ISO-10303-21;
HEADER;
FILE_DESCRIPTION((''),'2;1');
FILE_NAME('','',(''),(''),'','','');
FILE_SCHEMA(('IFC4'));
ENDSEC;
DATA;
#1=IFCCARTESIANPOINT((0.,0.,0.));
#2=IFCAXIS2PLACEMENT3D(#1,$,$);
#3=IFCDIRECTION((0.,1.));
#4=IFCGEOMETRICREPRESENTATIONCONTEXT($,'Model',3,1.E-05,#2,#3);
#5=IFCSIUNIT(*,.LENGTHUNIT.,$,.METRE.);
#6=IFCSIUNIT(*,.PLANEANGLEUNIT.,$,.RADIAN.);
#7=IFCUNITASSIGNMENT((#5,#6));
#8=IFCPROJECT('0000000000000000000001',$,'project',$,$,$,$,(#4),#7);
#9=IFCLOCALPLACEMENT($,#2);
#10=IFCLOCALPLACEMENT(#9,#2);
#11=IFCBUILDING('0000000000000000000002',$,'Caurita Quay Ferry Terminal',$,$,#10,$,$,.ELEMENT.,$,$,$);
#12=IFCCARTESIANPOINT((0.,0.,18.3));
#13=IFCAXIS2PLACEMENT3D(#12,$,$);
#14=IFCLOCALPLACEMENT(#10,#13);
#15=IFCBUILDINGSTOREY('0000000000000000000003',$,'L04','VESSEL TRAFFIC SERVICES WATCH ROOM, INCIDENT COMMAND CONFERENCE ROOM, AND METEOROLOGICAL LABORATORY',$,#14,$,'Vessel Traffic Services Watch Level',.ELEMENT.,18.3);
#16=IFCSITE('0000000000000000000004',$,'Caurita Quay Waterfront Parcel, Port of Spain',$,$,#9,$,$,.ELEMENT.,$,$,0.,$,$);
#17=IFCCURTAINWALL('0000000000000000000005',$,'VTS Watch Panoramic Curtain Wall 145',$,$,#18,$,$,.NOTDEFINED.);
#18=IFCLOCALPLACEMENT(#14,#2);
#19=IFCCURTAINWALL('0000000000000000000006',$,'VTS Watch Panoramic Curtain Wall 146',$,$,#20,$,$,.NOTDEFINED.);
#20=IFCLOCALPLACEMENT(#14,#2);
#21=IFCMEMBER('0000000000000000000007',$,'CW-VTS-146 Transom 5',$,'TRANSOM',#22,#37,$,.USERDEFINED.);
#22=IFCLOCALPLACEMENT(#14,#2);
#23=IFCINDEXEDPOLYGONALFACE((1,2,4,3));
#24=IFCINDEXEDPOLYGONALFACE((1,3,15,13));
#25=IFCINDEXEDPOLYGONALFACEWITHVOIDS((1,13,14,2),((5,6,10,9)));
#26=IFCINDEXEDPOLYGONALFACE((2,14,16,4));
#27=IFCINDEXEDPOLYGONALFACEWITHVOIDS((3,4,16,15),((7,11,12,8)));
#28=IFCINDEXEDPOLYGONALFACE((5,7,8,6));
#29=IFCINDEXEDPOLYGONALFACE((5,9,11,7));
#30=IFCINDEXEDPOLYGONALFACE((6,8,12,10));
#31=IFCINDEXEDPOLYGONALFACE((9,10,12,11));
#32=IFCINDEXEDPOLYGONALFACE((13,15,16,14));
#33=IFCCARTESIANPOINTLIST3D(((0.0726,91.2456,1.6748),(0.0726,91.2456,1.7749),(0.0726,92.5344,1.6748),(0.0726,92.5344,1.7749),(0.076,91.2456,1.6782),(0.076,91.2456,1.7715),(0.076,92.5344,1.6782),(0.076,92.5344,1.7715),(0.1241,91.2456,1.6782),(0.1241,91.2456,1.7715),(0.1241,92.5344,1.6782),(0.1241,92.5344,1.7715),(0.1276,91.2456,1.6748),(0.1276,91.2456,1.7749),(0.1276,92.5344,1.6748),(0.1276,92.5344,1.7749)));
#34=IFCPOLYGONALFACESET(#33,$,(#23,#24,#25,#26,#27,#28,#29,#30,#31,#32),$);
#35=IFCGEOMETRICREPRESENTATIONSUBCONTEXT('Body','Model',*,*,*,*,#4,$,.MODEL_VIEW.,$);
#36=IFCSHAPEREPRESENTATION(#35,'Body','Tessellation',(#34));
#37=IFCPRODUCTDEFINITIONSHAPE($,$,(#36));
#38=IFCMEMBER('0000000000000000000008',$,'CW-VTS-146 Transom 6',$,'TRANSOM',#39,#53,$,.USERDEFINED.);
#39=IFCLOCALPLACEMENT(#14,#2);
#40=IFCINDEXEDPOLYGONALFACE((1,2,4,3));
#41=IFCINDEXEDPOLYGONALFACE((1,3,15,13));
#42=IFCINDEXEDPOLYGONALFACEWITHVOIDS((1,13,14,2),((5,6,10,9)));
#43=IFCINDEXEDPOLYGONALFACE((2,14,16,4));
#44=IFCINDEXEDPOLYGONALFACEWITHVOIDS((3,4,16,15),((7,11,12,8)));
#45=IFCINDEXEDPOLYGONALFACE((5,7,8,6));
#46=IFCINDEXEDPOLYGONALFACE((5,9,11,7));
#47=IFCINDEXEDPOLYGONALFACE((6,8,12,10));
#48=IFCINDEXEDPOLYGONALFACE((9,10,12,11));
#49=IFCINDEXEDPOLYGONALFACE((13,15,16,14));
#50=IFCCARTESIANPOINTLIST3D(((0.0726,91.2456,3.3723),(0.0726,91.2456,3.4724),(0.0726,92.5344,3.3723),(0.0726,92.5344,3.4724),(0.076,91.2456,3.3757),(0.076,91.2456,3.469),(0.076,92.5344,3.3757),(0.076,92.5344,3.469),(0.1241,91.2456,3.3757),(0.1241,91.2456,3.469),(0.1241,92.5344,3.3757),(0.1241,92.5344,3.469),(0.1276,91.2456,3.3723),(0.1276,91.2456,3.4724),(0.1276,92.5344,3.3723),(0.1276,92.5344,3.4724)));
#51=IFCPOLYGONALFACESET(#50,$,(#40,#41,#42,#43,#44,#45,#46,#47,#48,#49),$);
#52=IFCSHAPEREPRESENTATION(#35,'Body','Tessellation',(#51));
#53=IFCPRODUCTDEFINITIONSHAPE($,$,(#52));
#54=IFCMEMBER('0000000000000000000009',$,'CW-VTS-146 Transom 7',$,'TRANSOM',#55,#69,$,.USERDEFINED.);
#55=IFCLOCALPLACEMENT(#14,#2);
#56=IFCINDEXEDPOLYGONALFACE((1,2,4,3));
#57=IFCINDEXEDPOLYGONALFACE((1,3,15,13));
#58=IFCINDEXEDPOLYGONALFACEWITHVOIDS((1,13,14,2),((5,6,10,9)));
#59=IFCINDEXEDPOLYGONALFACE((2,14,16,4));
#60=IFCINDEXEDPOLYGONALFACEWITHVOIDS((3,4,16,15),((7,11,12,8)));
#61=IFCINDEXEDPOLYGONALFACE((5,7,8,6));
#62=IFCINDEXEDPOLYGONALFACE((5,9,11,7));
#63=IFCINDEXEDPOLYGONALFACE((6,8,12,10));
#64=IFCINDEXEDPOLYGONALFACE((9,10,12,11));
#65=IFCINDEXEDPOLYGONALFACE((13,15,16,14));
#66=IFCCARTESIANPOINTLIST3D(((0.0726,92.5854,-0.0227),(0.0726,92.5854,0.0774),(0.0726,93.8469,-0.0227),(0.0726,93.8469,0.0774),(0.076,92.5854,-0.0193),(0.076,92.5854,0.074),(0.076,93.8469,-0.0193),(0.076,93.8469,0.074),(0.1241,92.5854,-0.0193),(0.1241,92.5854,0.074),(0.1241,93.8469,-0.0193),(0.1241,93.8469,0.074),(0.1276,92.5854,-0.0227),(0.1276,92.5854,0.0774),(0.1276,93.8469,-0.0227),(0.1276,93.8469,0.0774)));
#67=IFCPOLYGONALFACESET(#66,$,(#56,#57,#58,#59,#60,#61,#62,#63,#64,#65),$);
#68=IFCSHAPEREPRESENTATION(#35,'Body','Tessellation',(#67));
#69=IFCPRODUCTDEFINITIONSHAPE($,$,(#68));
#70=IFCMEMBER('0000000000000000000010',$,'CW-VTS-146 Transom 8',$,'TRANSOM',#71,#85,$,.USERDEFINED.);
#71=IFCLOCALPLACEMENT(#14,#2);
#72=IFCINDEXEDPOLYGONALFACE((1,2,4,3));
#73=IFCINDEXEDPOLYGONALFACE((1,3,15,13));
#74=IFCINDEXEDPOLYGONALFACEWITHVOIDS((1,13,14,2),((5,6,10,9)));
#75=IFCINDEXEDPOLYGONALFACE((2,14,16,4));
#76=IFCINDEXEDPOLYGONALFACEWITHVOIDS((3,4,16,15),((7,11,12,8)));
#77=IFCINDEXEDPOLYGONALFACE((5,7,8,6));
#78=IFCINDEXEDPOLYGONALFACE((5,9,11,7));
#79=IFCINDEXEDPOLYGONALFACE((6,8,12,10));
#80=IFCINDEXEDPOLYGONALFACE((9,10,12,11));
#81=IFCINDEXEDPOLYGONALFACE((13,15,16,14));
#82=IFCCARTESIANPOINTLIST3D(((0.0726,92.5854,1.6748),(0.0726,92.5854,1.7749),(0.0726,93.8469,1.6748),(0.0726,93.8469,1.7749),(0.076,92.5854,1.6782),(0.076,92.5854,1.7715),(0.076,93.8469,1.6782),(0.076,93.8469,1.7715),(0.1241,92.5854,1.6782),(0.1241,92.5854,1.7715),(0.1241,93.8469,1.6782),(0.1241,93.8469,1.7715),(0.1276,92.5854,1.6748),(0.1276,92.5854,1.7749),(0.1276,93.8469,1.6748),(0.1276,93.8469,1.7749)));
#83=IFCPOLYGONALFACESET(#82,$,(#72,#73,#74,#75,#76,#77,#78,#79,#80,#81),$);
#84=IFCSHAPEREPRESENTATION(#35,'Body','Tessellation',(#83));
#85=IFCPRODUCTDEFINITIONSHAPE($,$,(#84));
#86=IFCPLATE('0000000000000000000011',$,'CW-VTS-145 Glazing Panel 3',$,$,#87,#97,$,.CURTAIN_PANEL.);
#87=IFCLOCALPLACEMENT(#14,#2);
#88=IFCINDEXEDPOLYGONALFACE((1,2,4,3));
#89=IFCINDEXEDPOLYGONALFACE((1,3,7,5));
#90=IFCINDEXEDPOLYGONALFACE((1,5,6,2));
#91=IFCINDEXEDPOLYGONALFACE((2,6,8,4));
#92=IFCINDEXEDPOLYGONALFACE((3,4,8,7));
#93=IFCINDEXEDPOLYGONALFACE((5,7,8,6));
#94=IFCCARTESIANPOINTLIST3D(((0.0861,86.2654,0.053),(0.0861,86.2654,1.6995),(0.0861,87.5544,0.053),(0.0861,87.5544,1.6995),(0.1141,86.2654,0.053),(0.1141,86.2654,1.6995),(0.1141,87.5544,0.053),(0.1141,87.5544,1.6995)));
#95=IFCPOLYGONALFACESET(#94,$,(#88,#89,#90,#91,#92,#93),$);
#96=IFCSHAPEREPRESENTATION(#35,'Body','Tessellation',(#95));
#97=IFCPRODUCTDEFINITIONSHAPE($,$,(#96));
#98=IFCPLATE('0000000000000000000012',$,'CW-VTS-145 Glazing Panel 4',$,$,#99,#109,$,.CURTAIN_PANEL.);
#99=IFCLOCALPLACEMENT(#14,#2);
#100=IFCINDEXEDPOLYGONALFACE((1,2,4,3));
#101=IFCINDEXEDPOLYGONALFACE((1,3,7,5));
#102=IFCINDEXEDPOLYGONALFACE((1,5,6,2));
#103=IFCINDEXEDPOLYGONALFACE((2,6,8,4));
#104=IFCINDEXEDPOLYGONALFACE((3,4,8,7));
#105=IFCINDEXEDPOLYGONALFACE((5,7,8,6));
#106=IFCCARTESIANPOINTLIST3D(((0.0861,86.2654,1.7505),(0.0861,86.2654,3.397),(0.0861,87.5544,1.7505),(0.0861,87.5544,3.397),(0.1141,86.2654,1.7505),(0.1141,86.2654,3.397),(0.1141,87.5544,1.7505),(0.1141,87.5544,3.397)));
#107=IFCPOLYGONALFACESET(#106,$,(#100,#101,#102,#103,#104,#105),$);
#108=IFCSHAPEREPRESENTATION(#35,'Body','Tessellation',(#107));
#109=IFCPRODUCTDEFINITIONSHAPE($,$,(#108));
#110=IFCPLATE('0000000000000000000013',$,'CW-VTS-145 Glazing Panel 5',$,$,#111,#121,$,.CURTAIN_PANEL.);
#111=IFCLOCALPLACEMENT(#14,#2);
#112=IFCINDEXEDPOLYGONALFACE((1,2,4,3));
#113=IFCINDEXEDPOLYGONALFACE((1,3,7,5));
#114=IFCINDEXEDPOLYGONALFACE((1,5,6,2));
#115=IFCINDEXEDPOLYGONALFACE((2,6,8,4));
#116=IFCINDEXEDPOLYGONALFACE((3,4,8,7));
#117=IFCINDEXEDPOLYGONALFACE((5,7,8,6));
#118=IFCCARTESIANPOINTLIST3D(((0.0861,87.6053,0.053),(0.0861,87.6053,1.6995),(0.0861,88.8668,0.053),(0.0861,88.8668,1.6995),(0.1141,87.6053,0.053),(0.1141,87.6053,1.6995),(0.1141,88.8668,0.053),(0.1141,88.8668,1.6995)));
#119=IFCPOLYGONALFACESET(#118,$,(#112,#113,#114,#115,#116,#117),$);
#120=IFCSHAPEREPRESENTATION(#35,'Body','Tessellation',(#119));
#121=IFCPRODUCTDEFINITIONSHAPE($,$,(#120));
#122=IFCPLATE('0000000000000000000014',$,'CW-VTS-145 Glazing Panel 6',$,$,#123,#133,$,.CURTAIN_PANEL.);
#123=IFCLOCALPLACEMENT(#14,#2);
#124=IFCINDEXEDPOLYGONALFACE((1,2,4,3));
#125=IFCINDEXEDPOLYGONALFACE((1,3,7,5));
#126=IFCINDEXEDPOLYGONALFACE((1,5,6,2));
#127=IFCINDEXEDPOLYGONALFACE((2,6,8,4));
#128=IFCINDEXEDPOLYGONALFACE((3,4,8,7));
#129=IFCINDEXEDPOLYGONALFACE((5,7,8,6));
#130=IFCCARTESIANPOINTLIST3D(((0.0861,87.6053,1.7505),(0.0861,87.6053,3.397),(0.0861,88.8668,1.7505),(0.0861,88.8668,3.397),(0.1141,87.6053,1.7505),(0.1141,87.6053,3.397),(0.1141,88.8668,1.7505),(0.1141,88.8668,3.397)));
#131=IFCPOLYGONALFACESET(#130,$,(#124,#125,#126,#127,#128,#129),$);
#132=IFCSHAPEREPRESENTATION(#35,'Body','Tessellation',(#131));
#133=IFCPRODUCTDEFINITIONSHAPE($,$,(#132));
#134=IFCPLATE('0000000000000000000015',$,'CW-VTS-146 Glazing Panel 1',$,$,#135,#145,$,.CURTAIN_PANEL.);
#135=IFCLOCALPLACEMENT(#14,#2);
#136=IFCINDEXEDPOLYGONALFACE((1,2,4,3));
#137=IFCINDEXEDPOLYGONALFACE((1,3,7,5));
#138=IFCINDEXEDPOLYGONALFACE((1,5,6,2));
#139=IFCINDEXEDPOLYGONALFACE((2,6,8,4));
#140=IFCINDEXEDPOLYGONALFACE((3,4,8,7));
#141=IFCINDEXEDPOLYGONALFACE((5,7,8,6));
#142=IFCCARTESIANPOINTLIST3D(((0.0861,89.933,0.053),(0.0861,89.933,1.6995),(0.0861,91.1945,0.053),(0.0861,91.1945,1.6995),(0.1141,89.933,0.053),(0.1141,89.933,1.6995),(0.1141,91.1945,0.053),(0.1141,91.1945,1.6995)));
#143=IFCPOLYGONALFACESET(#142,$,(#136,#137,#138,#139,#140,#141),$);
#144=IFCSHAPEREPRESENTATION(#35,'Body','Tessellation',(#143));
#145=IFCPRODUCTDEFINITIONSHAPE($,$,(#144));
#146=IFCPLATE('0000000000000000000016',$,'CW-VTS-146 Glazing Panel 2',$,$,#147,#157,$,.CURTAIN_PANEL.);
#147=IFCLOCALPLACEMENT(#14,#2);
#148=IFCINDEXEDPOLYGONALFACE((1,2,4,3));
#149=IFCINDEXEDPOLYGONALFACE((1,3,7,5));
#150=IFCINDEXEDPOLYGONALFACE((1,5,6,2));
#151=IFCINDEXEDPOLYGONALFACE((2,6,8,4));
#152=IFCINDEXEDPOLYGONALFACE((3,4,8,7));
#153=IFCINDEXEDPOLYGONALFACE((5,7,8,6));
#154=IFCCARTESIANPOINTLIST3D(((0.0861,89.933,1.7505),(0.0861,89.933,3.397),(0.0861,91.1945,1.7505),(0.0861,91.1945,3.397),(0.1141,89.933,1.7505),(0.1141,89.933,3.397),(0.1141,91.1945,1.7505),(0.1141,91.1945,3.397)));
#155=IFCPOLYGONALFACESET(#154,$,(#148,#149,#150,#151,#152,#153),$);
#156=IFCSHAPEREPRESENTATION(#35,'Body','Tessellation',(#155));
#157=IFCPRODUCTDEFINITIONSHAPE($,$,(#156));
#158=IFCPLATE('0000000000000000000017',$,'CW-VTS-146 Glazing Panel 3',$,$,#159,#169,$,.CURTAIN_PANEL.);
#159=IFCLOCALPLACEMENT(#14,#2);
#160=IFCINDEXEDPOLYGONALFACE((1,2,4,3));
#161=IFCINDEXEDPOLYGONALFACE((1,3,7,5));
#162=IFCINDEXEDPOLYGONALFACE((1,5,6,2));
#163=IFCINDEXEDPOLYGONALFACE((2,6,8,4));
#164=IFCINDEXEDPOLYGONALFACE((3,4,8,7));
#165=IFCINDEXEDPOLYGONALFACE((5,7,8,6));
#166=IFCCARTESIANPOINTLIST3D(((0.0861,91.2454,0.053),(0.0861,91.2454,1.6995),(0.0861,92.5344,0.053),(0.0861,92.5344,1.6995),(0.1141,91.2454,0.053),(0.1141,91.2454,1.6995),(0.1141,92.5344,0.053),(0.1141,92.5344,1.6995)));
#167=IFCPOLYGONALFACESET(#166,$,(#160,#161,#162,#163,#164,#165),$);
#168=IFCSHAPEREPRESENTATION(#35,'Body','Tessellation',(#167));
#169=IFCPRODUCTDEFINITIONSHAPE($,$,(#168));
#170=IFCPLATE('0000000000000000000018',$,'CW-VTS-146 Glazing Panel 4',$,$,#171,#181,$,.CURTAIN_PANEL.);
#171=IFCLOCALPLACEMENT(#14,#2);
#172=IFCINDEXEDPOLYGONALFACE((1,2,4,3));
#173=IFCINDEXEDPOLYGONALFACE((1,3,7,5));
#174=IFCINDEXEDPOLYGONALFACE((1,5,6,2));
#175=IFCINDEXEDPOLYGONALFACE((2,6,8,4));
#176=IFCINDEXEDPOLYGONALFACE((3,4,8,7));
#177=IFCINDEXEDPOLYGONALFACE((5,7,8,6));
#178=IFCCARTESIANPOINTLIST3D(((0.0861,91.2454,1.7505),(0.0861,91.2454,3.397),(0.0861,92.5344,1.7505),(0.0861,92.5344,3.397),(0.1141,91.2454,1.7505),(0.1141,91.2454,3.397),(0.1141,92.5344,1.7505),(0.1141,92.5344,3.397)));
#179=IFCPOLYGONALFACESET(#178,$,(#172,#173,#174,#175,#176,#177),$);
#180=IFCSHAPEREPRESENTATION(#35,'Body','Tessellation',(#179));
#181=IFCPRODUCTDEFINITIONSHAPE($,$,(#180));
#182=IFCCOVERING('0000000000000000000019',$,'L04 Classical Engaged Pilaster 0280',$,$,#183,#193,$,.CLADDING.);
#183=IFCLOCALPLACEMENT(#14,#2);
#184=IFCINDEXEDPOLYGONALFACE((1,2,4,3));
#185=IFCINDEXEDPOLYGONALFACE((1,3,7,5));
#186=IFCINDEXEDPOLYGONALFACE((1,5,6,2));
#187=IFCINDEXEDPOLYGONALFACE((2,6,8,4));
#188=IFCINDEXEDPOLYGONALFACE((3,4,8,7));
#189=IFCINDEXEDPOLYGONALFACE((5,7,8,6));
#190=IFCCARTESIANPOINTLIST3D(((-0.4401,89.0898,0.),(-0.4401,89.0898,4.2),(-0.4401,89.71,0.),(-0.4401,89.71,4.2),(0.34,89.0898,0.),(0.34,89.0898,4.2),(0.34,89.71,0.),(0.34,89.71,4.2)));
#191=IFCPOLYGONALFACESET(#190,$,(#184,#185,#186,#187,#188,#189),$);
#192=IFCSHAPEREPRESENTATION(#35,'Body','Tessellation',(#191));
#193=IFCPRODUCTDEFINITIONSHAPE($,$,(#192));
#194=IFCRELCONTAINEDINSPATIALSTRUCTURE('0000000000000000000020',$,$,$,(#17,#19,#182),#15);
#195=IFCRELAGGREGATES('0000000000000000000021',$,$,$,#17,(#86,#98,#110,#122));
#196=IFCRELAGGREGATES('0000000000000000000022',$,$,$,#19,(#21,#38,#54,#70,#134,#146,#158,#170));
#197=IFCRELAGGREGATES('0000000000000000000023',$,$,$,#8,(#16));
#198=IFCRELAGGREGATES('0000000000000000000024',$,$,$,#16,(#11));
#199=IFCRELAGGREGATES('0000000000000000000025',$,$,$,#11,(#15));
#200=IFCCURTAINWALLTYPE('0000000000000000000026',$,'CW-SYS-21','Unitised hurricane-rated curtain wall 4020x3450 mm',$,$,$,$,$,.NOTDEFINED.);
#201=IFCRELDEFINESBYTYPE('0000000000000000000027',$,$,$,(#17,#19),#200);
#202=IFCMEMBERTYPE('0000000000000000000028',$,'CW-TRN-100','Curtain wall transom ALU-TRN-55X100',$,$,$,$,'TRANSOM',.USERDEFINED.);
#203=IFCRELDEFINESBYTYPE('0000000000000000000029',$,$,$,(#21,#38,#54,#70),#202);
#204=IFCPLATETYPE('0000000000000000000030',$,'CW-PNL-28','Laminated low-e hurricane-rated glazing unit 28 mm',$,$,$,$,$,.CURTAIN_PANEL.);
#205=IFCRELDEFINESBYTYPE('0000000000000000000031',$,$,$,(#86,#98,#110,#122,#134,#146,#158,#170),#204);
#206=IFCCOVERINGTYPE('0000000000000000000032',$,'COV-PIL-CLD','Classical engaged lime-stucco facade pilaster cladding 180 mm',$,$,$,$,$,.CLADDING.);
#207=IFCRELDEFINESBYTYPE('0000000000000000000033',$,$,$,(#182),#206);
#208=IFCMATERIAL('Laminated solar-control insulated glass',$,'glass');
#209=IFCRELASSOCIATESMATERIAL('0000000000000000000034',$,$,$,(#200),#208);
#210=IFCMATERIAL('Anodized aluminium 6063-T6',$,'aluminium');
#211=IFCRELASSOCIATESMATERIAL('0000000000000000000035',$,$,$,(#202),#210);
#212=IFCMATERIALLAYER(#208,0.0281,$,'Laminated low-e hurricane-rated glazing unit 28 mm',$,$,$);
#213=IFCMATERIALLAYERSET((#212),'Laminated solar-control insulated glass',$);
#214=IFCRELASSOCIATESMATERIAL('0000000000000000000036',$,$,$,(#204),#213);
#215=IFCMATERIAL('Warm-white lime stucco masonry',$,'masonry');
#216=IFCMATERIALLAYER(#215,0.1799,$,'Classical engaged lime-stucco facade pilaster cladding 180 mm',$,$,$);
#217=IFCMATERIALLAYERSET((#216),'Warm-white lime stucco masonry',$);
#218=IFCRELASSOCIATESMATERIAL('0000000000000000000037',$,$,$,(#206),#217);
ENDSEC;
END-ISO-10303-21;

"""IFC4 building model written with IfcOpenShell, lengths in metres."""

from ifc_helpers import new_model, si_unit, direction, frame, origin, origin_2d, place, context, subcontext, project, spatial, rectangle, hollow_rectangle, extrude, material, layer, layer_set, material_profile, profile_set, type_object, element, aggregate, save


model = new_model("IFC4")

# Units and contexts
model_context = context("Model", 3, precision=1e-05, world=origin(), true_north=direction((0.0, 1.0)))
body_context = subcontext(model_context, "Body", "Model", "MODEL_VIEW")
ifc_project = project(units=[si_unit("LENGTHUNIT", "METRE"), si_unit("PLANEANGLEUNIT", "RADIAN")], contexts=[model_context])

# Site, building, storey
site_placement = place(None, origin())
site = spatial("IfcSite", under=ifc_project, at=site_placement, Name="Caurita Quay Waterfront Parcel, Port of Spain", CompositionType="ELEMENT", RefElevation=0.0)
building_placement = place(site_placement, origin())
building = spatial("IfcBuilding", under=site, at=building_placement, Name="Caurita Quay Ferry Terminal", CompositionType="ELEMENT")
storey_placement = place(building_placement, frame((0.0, 0.0, 18.3)))
storey = spatial("IfcBuildingStorey", under=building, at=storey_placement, Name="L04", Description="VESSEL TRAFFIC SERVICES WATCH ROOM, INCIDENT COMMAND CONFERENCE ROOM, AND METEOROLOGICAL LABORATORY", LongName="Vessel Traffic Services Watch Level", CompositionType="ELEMENT", Elevation=18.3)

# Curtain walls
ifc_material_1 = material(Name="Laminated solar-control insulated glass", Category="glass")
curtain_wall_type = type_object("IfcCurtainWallType", Name="CW-SYS-21", Description="Unitised hurricane-rated curtain wall 4020x3450 mm", PredefinedType="NOTDEFINED", material=ifc_material_1)
curtain_wall_1_placement = place(storey_placement, origin())
curtain_wall_1 = element("IfcCurtainWall", 1, at=curtain_wall_1_placement, inside=storey, type_object=curtain_wall_type, Name="VTS Watch Panoramic Curtain Wall 145", PredefinedType="NOTDEFINED")
ifc_material_2 = material(Name="Anodized aluminium 6063-T6", Category="aluminium")
curtain_wall_2_placement = place(storey_placement, origin())
curtain_wall_2 = element("IfcCurtainWall", 2, at=curtain_wall_2_placement, inside=storey, type_object=curtain_wall_type, Name="VTS Watch Panoramic Curtain Wall 146", PredefinedType="NOTDEFINED")

# Members
ifc_material_profile_1 = material_profile(ifc_material_2, hollow_rectangle(XDim=0.0549, YDim=0.1001, WallThickness=0.0034, at=origin_2d()), Name="ALU-TRN-55X100")
ifc_profile_set_1 = profile_set([ifc_material_profile_1], Name="Anodized aluminium 6063-T6")
member_type_1 = type_object("IfcMemberType", Name="CW-TRN-100", Description="Curtain wall transom ALU-TRN-55X100", ElementType="TRANSOM", PredefinedType="USERDEFINED", material=ifc_profile_set_1)
member_1_placement = place(storey_placement, frame((0.1001, 91.2456, 1.7249), z_axis=(0.0, 1.0, 0.0), x_axis=(-1.0, 0.0, 0.0)))
member_1 = element("IfcMember", 3, at=member_1_placement, type_object=member_type_1, Name="CW-VTS-146 Transom 5", ObjectType="TRANSOM", PredefinedType="USERDEFINED", context=body_context, shape_type="SweptSolid", body=[
    extrude(hollow_rectangle(XDim=0.0549, YDim=0.1001, WallThickness=0.0034, at=origin_2d()), origin(), (0.0, 0.0, 1.0), 1.2888),
])
member_2_placement = place(storey_placement, frame((0.1001, 91.2456, 3.4224), z_axis=(0.0, 1.0, 0.0), x_axis=(-1.0, 0.0, 0.0)))
member_2 = element("IfcMember", 4, at=member_2_placement, type_object=member_type_1, Name="CW-VTS-146 Transom 6", ObjectType="TRANSOM", PredefinedType="USERDEFINED", context=body_context, shape_type="SweptSolid", body=[
    extrude(hollow_rectangle(XDim=0.0549, YDim=0.1001, WallThickness=0.0034, at=origin_2d()), origin(), (0.0, 0.0, 1.0), 1.2888),
])
member_3_placement = place(storey_placement, frame((0.1001, 92.5854, 0.0273), z_axis=(0.0, 1.0, 0.0), x_axis=(-1.0, 0.0, 0.0)))
member_3 = element("IfcMember", 5, at=member_3_placement, type_object=member_type_1, Name="CW-VTS-146 Transom 7", ObjectType="TRANSOM", PredefinedType="USERDEFINED", context=body_context, shape_type="SweptSolid", body=[
    extrude(hollow_rectangle(XDim=0.0549, YDim=0.1001, WallThickness=0.0034, at=origin_2d()), origin(), (0.0, 0.0, 1.0), 1.2615),
])
member_4_placement = place(storey_placement, frame((0.1001, 92.5854, 1.7249), z_axis=(0.0, 1.0, 0.0), x_axis=(-1.0, 0.0, 0.0)))
member_4 = element("IfcMember", 6, at=member_4_placement, type_object=member_type_1, Name="CW-VTS-146 Transom 8", ObjectType="TRANSOM", PredefinedType="USERDEFINED", context=body_context, shape_type="SweptSolid", body=[
    extrude(hollow_rectangle(XDim=0.0549, YDim=0.1001, WallThickness=0.0034, at=origin_2d()), origin(), (0.0, 0.0, 1.0), 1.2615),
])

# Plates
ifc_layer_1 = layer(ifc_material_1, 0.0281, Name="Laminated low-e hurricane-rated glazing unit 28 mm")
ifc_layer_set_1 = layer_set([ifc_layer_1], Name="Laminated solar-control insulated glass")
plate_type = type_object("IfcPlateType", Name="CW-PNL-28", Description="Laminated low-e hurricane-rated glazing unit 28 mm", PredefinedType="CURTAIN_PANEL", material=ifc_layer_set_1)
plate_1_placement = place(storey_placement, frame((0.1001, 86.9099, 0.053), z_axis=(0.0, 0.0, 1.0), x_axis=(0.0, 1.0, 0.0)))
plate_1 = element("IfcPlate", 7, at=plate_1_placement, type_object=plate_type, Name="CW-VTS-145 Glazing Panel 3", PredefinedType="CURTAIN_PANEL", context=body_context, shape_type="SweptSolid", body=[
    extrude(rectangle(XDim=1.2891, YDim=0.0281, at=origin_2d()), origin(), (0.0, 0.0, 1.0), 1.6465),
])
plate_2_placement = place(storey_placement, frame((0.1001, 86.9099, 1.7505), z_axis=(0.0, 0.0, 1.0), x_axis=(0.0, 1.0, 0.0)))
plate_2 = element("IfcPlate", 8, at=plate_2_placement, type_object=plate_type, Name="CW-VTS-145 Glazing Panel 4", PredefinedType="CURTAIN_PANEL", context=body_context, shape_type="SweptSolid", body=[
    extrude(rectangle(XDim=1.2891, YDim=0.0281, at=origin_2d()), origin(), (0.0, 0.0, 1.0), 1.6465),
])
plate_3_placement = place(storey_placement, frame((0.1001, 88.2361, 0.053), z_axis=(0.0, 0.0, 1.0), x_axis=(0.0, 1.0, 0.0)))
plate_3 = element("IfcPlate", 9, at=plate_3_placement, type_object=plate_type, Name="CW-VTS-145 Glazing Panel 5", PredefinedType="CURTAIN_PANEL", context=body_context, shape_type="SweptSolid", body=[
    extrude(rectangle(XDim=1.2615, YDim=0.0281, at=origin_2d()), origin(), (0.0, 0.0, 1.0), 1.6465),
])
plate_4_placement = place(storey_placement, frame((0.1001, 88.2361, 1.7505), z_axis=(0.0, 0.0, 1.0), x_axis=(0.0, 1.0, 0.0)))
plate_4 = element("IfcPlate", 10, at=plate_4_placement, type_object=plate_type, Name="CW-VTS-145 Glazing Panel 6", PredefinedType="CURTAIN_PANEL", context=body_context, shape_type="SweptSolid", body=[
    extrude(rectangle(XDim=1.2615, YDim=0.0281, at=origin_2d()), origin(), (0.0, 0.0, 1.0), 1.6465),
])
aggregate(curtain_wall_1, [plate_1, plate_2, plate_3, plate_4])
plate_5_placement = place(storey_placement, frame((0.1001, 90.5637, 0.053), z_axis=(0.0, 0.0, 1.0), x_axis=(0.0, 1.0, 0.0)))
plate_5 = element("IfcPlate", 11, at=plate_5_placement, type_object=plate_type, Name="CW-VTS-146 Glazing Panel 1", PredefinedType="CURTAIN_PANEL", context=body_context, shape_type="SweptSolid", body=[
    extrude(rectangle(XDim=1.2615, YDim=0.0281, at=origin_2d()), origin(), (0.0, 0.0, 1.0), 1.6465),
])
plate_6_placement = place(storey_placement, frame((0.1001, 90.5637, 1.7505), z_axis=(0.0, 0.0, 1.0), x_axis=(0.0, 1.0, 0.0)))
plate_6 = element("IfcPlate", 12, at=plate_6_placement, type_object=plate_type, Name="CW-VTS-146 Glazing Panel 2", PredefinedType="CURTAIN_PANEL", context=body_context, shape_type="SweptSolid", body=[
    extrude(rectangle(XDim=1.2615, YDim=0.0281, at=origin_2d()), origin(), (0.0, 0.0, 1.0), 1.6465),
])
plate_7_placement = place(storey_placement, frame((0.1001, 91.8899, 0.053), z_axis=(0.0, 0.0, 1.0), x_axis=(0.0, 1.0, 0.0)))
plate_7 = element("IfcPlate", 13, at=plate_7_placement, type_object=plate_type, Name="CW-VTS-146 Glazing Panel 3", PredefinedType="CURTAIN_PANEL", context=body_context, shape_type="SweptSolid", body=[
    extrude(rectangle(XDim=1.2891, YDim=0.0281, at=origin_2d()), origin(), (0.0, 0.0, 1.0), 1.6465),
])
plate_8_placement = place(storey_placement, frame((0.1001, 91.8899, 1.7505), z_axis=(0.0, 0.0, 1.0), x_axis=(0.0, 1.0, 0.0)))
plate_8 = element("IfcPlate", 14, at=plate_8_placement, type_object=plate_type, Name="CW-VTS-146 Glazing Panel 4", PredefinedType="CURTAIN_PANEL", context=body_context, shape_type="SweptSolid", body=[
    extrude(rectangle(XDim=1.2891, YDim=0.0281, at=origin_2d()), origin(), (0.0, 0.0, 1.0), 1.6465),
])
aggregate(curtain_wall_2, [member_1, member_2, member_3, member_4, plate_5, plate_6, plate_7, plate_8])

# Covering
ifc_material_3 = material(Name="Warm-white lime stucco masonry", Category="masonry")
ifc_layer_2 = layer(ifc_material_3, 0.1799, Name="Classical engaged lime-stucco facade pilaster cladding 180 mm")
ifc_layer_set_2 = layer_set([ifc_layer_2], Name="Warm-white lime stucco masonry")
covering_type = type_object("IfcCoveringType", Name="COV-PIL-CLD", Description="Classical engaged lime-stucco facade pilaster cladding 180 mm", PredefinedType="CLADDING", material=ifc_layer_set_2)
covering_placement = place(storey_placement, frame((-0.05, 89.3999, 0.0), z_axis=(0.0, 0.0, 1.0), x_axis=(1.0, 0.0, 0.0)))
element("IfcCovering", 15, at=covering_placement, inside=storey, type_object=covering_type, Name="L04 Classical Engaged Pilaster 0280", PredefinedType="CLADDING", context=body_context, shape_type="SweptSolid", body=[
    extrude(rectangle(XDim=0.78, YDim=0.6201, at=origin_2d()), origin(), (0.0, 0.0, 1.0), 4.2),
])

save(model, "model.ifc")
